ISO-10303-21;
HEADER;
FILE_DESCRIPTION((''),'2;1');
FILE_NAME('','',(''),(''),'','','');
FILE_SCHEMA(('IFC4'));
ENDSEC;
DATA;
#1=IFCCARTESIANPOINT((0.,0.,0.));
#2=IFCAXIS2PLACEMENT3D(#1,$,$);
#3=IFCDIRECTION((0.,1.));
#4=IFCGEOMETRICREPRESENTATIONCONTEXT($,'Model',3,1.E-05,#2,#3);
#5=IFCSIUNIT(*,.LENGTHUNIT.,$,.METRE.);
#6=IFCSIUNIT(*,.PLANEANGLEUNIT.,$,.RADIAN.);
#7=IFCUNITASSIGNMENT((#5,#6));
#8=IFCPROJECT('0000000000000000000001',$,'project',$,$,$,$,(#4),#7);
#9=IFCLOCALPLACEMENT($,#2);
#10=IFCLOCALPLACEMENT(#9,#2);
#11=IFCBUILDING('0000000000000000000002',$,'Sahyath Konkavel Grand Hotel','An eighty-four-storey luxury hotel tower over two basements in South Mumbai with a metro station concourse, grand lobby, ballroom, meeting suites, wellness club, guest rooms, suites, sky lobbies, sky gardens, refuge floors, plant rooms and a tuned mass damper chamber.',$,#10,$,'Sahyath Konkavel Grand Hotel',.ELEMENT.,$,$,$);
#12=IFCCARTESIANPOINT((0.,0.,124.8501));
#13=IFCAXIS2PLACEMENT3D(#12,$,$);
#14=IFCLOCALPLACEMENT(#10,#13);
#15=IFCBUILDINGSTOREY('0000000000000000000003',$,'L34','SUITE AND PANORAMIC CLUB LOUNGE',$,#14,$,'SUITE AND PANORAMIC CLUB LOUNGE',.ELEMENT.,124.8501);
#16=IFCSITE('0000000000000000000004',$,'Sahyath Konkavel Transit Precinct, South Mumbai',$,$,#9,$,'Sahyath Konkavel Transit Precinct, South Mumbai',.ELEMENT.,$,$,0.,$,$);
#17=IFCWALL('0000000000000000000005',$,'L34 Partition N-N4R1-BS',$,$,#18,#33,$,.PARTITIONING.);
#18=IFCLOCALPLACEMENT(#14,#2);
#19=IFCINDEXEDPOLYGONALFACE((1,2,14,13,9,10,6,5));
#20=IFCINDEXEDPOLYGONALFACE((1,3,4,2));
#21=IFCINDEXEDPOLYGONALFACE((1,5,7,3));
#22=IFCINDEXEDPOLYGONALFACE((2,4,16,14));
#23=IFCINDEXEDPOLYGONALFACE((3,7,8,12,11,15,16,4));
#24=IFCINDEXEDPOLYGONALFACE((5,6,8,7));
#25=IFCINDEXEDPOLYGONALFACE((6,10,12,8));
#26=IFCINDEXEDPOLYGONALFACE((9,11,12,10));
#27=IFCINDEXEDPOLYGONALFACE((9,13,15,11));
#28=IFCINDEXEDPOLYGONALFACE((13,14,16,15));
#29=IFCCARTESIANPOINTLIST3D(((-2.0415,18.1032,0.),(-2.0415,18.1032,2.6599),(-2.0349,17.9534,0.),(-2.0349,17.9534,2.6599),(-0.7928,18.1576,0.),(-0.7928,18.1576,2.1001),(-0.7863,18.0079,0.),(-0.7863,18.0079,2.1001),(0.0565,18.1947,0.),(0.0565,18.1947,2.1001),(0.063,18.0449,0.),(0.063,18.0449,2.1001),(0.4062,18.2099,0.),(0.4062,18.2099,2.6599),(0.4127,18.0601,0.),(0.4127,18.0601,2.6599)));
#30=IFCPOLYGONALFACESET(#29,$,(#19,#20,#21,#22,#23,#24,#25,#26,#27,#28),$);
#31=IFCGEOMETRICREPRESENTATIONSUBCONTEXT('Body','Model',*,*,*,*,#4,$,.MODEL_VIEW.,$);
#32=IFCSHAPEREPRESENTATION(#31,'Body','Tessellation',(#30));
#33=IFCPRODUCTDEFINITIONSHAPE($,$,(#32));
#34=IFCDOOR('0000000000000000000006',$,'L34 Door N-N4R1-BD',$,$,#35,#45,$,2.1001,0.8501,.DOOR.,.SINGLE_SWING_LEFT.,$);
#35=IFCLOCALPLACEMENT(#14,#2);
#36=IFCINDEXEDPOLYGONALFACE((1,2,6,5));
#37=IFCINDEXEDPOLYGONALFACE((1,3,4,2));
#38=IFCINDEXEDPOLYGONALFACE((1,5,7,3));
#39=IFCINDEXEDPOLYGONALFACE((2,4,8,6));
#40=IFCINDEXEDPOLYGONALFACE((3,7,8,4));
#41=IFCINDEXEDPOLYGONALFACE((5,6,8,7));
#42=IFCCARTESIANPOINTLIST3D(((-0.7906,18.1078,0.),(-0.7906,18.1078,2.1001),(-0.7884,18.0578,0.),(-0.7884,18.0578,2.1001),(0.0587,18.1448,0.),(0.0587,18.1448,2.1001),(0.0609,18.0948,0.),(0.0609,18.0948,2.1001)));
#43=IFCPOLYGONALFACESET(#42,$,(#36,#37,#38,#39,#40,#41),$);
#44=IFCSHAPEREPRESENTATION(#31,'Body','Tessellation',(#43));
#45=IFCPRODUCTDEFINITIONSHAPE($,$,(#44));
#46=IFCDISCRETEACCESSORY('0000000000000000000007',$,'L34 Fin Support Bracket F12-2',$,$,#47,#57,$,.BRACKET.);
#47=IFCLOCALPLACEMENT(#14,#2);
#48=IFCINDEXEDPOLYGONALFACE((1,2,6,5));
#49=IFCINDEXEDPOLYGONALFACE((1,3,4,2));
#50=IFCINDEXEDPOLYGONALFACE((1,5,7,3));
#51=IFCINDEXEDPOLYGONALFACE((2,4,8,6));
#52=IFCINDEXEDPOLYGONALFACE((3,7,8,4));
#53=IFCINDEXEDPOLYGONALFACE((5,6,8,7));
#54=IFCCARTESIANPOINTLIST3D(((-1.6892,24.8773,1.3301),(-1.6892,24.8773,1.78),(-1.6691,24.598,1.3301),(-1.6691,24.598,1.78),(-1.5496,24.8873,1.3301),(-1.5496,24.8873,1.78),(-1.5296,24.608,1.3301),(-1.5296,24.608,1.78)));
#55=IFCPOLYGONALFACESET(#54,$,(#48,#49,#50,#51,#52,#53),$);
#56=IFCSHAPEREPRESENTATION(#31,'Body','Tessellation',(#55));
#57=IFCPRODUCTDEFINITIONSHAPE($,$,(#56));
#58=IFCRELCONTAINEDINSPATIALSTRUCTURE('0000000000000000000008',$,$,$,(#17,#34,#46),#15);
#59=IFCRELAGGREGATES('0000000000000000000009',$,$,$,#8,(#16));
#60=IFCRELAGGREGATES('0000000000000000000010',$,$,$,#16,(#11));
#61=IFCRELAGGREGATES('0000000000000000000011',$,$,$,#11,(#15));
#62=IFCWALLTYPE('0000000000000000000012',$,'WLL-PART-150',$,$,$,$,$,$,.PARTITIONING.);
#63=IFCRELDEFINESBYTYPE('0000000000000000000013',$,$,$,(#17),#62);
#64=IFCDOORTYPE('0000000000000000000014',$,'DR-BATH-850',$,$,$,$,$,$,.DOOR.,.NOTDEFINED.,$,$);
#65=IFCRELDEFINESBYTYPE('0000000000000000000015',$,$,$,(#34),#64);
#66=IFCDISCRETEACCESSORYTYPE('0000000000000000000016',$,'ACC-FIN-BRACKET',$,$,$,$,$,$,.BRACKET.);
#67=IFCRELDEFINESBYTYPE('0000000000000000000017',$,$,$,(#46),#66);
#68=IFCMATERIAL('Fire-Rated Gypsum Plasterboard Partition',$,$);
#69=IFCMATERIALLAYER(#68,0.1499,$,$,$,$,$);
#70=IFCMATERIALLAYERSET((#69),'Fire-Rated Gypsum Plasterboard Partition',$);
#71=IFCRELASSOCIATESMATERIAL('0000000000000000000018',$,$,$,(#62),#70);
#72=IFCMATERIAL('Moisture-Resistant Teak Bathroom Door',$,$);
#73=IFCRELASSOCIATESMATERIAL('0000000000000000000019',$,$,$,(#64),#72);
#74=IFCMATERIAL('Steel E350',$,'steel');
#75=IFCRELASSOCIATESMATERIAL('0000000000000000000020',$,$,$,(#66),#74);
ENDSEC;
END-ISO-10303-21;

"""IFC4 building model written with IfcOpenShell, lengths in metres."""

from ifc_helpers import new_model, si_unit, direction, frame, frame_2d, origin, origin_2d, place, context, subcontext, project, spatial, rectangle, extrude, source, transform, mapped, material, layer, layer_set, type_object, element, fill, save


model = new_model("IFC4")

# Units and contexts
model_context = context("Model", 3, precision=1e-05, world=origin(), true_north=direction((0.0, 1.0)))
body_context = subcontext(model_context, "Body", "Model", "MODEL_VIEW")
ifc_project = project(units=[si_unit("LENGTHUNIT", "METRE"), si_unit("PLANEANGLEUNIT", "RADIAN")], contexts=[model_context])

# Site, building, storey
site_placement = place(None, origin())
site = spatial("IfcSite", under=ifc_project, at=site_placement, Name="Sahyath Konkavel Transit Precinct, South Mumbai", LongName="Sahyath Konkavel Transit Precinct, South Mumbai", CompositionType="ELEMENT", RefElevation=0.0)
building_placement = place(site_placement, origin())
building = spatial("IfcBuilding", under=site, at=building_placement, Name="Sahyath Konkavel Grand Hotel", Description="An eighty-four-storey luxury hotel tower over two basements in South Mumbai with a metro station concourse, grand lobby, ballroom, meeting suites, wellness club, guest rooms, suites, sky lobbies, sky gardens, refuge floors, plant rooms and a tuned mass damper chamber.", LongName="Sahyath Konkavel Grand Hotel", CompositionType="ELEMENT")
storey_placement = place(building_placement, frame((0.0, 0.0, 124.8501)))
storey = spatial("IfcBuildingStorey", under=building, at=storey_placement, Name="L34", Description="SUITE AND PANORAMIC CLUB LOUNGE", LongName="SUITE AND PANORAMIC CLUB LOUNGE", CompositionType="ELEMENT", Elevation=124.8501)

# Shared definitions
ifc_material_1 = material(Name="Steel E350", Category="steel")

# Wall, opening, door
ifc_material_2 = material(Name="Fire-Rated Gypsum Plasterboard Partition")
ifc_layer_1 = layer(ifc_material_2, 0.1499)
ifc_layer_set_1 = layer_set([ifc_layer_1], Name="Fire-Rated Gypsum Plasterboard Partition")
wall_type_1 = type_object("IfcWallType", Name="WLL-PART-150", PredefinedType="PARTITIONING", material=ifc_layer_set_1)
wall_1_placement = place(storey_placement, frame((-2.0383, 18.0283, 0.0), z_axis=(0.0, 0.0, 1.0), x_axis=(0.999051, 0.04355, 0.0)))
wall_1 = element("IfcWall", 1, at=wall_1_placement, inside=storey, type_object=wall_type_1, Name="L34 Partition N-N4R1-BS", PredefinedType="PARTITIONING", context=body_context, shape_type="SweptSolid", body=[
    extrude(rectangle(XDim=2.45, YDim=0.1499, at=frame_2d((1.2251, 0.0))), origin(), (0.0, 0.0, 1.0), 2.6599),
])
opening_placement = place(wall_1_placement, frame((1.25, 0.0, 0.0)))
opening = element("IfcOpeningElement", 2, at=opening_placement, cuts=wall_1, PredefinedType="OPENING", context=body_context, shape_type="SweptSolid", body=[
    extrude(rectangle(XDim=0.8501, YDim=2.1001, at=frame_2d((0.425, 1.05))), frame((0.0, 0.085, 0.0), z_axis=(0.0, -1.0, 0.0), x_axis=(1.0, 0.0, 0.0)), (0.0, 0.0, 1.0), 0.1699),
])
ifc_material_3 = material(Name="Moisture-Resistant Teak Bathroom Door")
door_type = type_object("IfcDoorType", Name="DR-BATH-850", OperationType="NOTDEFINED", PredefinedType="DOOR", material=ifc_material_3)
shared_shape_1 = source(origin(), body_context, "Body", "SweptSolid", [
    extrude(rectangle(XDim=0.8501, YDim=0.05, at=origin_2d()), origin(), (0.0, 0.0, 1.0), 2.1001),
])
door_placement = place(opening_placement, frame((0.425, 0.0, 0.0)))
door = element("IfcDoor", 3, at=door_placement, inside=storey, type_object=door_type, Name="L34 Door N-N4R1-BD", OperationType="SINGLE_SWING_LEFT", OverallHeight=2.1001, OverallWidth=0.8501, PredefinedType="DOOR", context=body_context, shape_type="MappedRepresentation", body=[
    mapped(shared_shape_1, transform((0.0, 0.0, 0.0), scale=1.0)),
])
fill(opening, door)

# Discrete accessory
discrete_accessory_type = type_object("IfcDiscreteAccessoryType", Name="ACC-FIN-BRACKET", PredefinedType="BRACKET", material=ifc_material_1)
shared_shape_2 = source(origin(), body_context, "Body", "SweptSolid", [
    extrude(rectangle(XDim=0.28, YDim=0.1399, at=origin_2d()), origin(), (0.0, 0.0, 1.0), 0.45),
])
discrete_accessory_placement = place(storey_placement, frame((-1.6094, 24.7427, 1.3301), z_axis=(0.0, 0.0, 1.0), x_axis=(-0.071567, 0.997436, 0.0)))
element("IfcDiscreteAccessory", 4, at=discrete_accessory_placement, inside=storey, type_object=discrete_accessory_type, Name="L34 Fin Support Bracket F12-2", PredefinedType="BRACKET", context=body_context, shape_type="MappedRepresentation", body=[
    mapped(shared_shape_2, transform((0.0, 0.0, 0.0), scale=1.0)),
])

save(model, "model.ifc")
